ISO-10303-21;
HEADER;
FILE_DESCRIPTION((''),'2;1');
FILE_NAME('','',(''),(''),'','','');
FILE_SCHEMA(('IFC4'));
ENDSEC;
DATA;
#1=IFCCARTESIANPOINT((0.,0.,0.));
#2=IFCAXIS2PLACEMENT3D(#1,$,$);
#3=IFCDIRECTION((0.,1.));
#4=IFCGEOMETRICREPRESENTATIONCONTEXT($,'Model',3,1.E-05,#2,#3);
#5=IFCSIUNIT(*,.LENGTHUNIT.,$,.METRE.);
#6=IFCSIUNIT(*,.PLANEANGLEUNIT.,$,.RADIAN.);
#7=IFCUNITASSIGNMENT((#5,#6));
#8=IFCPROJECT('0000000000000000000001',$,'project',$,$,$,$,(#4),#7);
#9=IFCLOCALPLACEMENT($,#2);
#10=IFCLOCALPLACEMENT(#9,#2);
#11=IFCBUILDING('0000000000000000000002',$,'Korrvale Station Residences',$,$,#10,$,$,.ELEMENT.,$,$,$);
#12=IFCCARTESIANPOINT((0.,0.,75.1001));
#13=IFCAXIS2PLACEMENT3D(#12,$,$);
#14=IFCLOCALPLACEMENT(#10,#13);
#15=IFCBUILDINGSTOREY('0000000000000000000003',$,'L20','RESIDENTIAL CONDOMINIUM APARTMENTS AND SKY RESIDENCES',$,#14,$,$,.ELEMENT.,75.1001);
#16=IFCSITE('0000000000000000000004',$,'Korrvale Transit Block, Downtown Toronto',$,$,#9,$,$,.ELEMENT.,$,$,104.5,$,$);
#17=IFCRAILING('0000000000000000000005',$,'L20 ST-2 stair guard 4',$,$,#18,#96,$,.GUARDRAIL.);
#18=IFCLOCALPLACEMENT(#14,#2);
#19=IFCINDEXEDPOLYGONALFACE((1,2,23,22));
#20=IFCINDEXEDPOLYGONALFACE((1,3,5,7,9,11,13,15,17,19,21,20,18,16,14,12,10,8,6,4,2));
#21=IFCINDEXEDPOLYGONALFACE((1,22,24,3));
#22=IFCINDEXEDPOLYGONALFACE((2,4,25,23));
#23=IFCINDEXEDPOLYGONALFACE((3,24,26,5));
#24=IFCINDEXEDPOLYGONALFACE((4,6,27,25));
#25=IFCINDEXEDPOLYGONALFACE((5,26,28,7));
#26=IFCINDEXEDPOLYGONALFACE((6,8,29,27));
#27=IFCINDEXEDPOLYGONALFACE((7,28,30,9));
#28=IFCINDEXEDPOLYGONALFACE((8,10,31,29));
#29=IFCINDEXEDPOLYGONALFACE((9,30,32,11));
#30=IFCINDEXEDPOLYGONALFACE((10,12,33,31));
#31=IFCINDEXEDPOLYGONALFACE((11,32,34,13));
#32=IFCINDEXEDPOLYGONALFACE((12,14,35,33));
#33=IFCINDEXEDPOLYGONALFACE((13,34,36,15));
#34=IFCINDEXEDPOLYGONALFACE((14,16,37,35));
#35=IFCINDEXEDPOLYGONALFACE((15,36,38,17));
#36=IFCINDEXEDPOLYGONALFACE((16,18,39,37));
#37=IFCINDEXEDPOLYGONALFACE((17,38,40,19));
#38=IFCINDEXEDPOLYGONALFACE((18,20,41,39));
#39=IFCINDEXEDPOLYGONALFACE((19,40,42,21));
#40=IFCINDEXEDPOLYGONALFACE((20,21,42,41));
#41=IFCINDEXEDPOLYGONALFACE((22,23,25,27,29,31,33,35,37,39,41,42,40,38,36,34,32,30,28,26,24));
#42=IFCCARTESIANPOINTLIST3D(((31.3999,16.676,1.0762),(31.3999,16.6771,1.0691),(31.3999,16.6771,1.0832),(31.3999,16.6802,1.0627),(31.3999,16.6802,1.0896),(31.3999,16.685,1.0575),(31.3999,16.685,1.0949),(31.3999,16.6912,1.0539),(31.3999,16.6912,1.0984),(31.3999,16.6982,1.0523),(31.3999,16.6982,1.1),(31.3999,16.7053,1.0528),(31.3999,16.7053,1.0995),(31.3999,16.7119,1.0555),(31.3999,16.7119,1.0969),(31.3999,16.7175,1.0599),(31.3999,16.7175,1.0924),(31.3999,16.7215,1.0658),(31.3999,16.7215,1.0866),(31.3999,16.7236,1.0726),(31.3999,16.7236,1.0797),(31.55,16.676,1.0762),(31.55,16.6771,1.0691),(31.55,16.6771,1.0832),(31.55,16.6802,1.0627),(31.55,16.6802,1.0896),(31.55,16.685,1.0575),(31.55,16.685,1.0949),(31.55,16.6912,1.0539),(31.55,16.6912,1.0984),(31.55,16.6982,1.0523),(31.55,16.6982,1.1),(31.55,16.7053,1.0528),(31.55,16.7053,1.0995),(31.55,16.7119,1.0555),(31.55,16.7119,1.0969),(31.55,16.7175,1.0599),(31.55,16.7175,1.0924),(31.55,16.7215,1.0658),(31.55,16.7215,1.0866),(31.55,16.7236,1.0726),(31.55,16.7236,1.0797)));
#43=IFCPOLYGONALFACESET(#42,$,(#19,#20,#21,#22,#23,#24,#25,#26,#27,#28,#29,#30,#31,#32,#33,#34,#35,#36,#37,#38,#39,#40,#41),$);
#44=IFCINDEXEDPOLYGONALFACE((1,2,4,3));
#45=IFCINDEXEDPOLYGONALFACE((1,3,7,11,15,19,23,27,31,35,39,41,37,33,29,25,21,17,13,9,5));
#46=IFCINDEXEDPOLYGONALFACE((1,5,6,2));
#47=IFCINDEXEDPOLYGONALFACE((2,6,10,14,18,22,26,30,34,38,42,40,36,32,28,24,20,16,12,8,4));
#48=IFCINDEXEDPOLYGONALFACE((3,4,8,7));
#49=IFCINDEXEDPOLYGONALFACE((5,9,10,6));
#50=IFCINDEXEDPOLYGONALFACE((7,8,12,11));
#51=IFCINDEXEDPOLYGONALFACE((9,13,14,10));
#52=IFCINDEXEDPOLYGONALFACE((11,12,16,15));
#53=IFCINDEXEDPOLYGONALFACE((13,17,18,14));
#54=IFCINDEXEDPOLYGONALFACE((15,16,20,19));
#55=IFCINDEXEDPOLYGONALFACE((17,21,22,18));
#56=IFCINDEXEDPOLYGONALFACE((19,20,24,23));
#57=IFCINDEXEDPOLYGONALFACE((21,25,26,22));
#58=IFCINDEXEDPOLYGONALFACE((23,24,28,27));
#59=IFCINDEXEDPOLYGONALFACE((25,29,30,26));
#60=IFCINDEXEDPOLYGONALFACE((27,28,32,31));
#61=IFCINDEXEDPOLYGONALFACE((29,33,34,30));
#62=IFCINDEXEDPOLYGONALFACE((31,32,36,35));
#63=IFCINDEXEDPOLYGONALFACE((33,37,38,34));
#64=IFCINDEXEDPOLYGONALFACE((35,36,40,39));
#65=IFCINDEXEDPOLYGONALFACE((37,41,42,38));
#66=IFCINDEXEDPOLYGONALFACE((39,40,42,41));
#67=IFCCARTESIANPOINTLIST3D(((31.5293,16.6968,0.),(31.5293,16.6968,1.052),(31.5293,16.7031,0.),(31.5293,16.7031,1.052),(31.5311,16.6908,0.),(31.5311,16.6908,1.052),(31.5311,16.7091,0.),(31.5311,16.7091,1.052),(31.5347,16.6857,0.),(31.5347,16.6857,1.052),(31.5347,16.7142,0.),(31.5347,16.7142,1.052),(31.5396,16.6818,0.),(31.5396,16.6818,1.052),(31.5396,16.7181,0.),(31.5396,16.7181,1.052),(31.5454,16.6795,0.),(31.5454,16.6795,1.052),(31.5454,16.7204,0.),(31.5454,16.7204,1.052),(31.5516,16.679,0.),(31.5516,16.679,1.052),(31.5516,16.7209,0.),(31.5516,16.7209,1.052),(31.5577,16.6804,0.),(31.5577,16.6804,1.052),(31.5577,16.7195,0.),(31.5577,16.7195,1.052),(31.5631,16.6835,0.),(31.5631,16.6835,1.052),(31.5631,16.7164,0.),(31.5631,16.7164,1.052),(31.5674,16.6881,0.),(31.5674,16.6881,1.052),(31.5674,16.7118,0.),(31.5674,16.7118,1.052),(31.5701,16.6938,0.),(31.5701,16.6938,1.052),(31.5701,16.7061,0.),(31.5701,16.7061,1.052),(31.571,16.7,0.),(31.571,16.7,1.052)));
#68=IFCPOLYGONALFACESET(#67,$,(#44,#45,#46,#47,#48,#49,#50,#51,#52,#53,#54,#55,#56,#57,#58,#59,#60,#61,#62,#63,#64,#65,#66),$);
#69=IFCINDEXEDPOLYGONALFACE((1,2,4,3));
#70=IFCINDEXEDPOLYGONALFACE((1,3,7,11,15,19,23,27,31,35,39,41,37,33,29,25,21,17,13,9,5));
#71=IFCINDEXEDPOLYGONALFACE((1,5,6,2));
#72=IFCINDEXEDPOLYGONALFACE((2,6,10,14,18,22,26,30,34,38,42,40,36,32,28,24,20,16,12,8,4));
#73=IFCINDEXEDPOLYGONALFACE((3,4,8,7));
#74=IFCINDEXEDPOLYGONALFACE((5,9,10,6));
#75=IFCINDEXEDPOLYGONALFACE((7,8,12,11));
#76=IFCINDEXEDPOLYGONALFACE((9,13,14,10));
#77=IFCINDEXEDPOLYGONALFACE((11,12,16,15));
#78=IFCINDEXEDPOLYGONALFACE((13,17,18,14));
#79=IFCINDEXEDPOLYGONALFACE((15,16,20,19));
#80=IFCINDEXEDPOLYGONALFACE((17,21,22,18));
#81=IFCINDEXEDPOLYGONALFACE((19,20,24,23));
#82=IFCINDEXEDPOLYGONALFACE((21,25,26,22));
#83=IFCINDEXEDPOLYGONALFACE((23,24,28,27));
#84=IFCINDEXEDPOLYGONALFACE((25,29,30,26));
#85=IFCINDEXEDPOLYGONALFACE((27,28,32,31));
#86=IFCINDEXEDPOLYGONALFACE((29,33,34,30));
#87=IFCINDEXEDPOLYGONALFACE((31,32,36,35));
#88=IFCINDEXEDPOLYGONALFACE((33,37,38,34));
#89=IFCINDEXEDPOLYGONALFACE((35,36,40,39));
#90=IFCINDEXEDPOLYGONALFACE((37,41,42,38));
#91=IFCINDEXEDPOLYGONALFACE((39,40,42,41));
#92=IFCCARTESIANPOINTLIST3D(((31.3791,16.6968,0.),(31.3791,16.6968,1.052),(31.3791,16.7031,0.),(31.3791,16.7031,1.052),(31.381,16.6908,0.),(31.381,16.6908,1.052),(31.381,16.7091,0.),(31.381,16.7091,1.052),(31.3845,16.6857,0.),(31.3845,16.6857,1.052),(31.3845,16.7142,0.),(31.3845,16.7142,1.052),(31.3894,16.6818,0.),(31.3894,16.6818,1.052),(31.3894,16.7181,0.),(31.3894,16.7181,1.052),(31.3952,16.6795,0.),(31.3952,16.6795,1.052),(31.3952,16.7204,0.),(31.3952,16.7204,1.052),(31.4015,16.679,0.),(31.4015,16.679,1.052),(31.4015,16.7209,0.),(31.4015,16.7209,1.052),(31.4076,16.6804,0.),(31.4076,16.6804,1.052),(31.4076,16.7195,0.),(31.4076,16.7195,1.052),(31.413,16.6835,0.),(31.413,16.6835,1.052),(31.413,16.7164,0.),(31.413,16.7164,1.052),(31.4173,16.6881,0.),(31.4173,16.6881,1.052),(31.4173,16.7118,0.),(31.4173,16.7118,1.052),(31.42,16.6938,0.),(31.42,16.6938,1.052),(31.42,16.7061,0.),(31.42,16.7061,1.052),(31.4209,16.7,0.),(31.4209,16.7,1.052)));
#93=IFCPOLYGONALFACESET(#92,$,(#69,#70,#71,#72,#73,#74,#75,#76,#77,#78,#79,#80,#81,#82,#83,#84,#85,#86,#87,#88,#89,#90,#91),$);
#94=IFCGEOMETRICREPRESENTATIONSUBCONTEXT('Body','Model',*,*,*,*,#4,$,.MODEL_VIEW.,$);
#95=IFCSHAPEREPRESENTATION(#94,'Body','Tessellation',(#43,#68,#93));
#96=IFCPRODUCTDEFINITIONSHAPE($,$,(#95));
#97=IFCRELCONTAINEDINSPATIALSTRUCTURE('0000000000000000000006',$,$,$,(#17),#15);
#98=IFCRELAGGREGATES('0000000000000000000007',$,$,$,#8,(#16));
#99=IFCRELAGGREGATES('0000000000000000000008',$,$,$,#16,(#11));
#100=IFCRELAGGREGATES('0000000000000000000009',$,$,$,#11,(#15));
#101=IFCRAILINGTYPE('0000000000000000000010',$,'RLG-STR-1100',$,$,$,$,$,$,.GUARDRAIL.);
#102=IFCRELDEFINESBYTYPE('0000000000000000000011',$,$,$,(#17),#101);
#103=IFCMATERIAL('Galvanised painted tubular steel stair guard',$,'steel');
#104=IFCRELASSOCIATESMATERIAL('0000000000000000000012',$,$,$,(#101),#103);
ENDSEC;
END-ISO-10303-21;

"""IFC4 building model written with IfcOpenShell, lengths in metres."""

from ifc_helpers import new_model, si_unit, direction, frame, origin, origin_2d, place, context, subcontext, project, spatial, circle, extrude, material, type_object, element, save


model = new_model("IFC4")

# Units and contexts
model_context = context("Model", 3, precision=1e-05, world=origin(), true_north=direction((0.0, 1.0)))
body_context = subcontext(model_context, "Body", "Model", "MODEL_VIEW")
ifc_project = project(units=[si_unit("LENGTHUNIT", "METRE"), si_unit("PLANEANGLEUNIT", "RADIAN")], contexts=[model_context])

# Site, building, storey
site_placement = place(None, origin())
site = spatial("IfcSite", under=ifc_project, at=site_placement, Name="Korrvale Transit Block, Downtown Toronto", CompositionType="ELEMENT", RefElevation=104.5)
building_placement = place(site_placement, origin())
building = spatial("IfcBuilding", under=site, at=building_placement, Name="Korrvale Station Residences", CompositionType="ELEMENT")
storey_placement = place(building_placement, frame((0.0, 0.0, 75.1001)))
storey = spatial("IfcBuildingStorey", under=building, at=storey_placement, Name="L20", Description="RESIDENTIAL CONDOMINIUM APARTMENTS AND SKY RESIDENCES", CompositionType="ELEMENT", Elevation=75.1001)

# Railing
ifc_material_1 = material(Name="Galvanised painted tubular steel stair guard", Category="steel")
railing_type_1 = type_object("IfcRailingType", Name="RLG-STR-1100", PredefinedType="GUARDRAIL", material=ifc_material_1)
railing_1_placement = place(storey_placement, frame((31.55, 16.7, 0.0)))
element("IfcRailing", 1, at=railing_1_placement, inside=storey, type_object=railing_type_1, Name="L20 ST-2 stair guard 4", PredefinedType="GUARDRAIL", context=body_context, shape_type="SweptSolid", body=[
    extrude(circle(Radius=0.0239, at=origin_2d()), frame((0.0, 0.0, 1.0762), z_axis=(-1.0, 0.0, 0.0), x_axis=(0.0, -1.0, 0.0)), (0.0, 0.0, 1.0), 0.1501),
    extrude(circle(Radius=0.021, at=origin_2d()), origin(), (0.0, 0.0, 1.0), 1.052),
    extrude(circle(Radius=0.021, at=origin_2d()), frame((-0.1501, 0.0, 0.0)), (0.0, 0.0, 1.0), 1.052),
])

save(model, "model.ifc")
